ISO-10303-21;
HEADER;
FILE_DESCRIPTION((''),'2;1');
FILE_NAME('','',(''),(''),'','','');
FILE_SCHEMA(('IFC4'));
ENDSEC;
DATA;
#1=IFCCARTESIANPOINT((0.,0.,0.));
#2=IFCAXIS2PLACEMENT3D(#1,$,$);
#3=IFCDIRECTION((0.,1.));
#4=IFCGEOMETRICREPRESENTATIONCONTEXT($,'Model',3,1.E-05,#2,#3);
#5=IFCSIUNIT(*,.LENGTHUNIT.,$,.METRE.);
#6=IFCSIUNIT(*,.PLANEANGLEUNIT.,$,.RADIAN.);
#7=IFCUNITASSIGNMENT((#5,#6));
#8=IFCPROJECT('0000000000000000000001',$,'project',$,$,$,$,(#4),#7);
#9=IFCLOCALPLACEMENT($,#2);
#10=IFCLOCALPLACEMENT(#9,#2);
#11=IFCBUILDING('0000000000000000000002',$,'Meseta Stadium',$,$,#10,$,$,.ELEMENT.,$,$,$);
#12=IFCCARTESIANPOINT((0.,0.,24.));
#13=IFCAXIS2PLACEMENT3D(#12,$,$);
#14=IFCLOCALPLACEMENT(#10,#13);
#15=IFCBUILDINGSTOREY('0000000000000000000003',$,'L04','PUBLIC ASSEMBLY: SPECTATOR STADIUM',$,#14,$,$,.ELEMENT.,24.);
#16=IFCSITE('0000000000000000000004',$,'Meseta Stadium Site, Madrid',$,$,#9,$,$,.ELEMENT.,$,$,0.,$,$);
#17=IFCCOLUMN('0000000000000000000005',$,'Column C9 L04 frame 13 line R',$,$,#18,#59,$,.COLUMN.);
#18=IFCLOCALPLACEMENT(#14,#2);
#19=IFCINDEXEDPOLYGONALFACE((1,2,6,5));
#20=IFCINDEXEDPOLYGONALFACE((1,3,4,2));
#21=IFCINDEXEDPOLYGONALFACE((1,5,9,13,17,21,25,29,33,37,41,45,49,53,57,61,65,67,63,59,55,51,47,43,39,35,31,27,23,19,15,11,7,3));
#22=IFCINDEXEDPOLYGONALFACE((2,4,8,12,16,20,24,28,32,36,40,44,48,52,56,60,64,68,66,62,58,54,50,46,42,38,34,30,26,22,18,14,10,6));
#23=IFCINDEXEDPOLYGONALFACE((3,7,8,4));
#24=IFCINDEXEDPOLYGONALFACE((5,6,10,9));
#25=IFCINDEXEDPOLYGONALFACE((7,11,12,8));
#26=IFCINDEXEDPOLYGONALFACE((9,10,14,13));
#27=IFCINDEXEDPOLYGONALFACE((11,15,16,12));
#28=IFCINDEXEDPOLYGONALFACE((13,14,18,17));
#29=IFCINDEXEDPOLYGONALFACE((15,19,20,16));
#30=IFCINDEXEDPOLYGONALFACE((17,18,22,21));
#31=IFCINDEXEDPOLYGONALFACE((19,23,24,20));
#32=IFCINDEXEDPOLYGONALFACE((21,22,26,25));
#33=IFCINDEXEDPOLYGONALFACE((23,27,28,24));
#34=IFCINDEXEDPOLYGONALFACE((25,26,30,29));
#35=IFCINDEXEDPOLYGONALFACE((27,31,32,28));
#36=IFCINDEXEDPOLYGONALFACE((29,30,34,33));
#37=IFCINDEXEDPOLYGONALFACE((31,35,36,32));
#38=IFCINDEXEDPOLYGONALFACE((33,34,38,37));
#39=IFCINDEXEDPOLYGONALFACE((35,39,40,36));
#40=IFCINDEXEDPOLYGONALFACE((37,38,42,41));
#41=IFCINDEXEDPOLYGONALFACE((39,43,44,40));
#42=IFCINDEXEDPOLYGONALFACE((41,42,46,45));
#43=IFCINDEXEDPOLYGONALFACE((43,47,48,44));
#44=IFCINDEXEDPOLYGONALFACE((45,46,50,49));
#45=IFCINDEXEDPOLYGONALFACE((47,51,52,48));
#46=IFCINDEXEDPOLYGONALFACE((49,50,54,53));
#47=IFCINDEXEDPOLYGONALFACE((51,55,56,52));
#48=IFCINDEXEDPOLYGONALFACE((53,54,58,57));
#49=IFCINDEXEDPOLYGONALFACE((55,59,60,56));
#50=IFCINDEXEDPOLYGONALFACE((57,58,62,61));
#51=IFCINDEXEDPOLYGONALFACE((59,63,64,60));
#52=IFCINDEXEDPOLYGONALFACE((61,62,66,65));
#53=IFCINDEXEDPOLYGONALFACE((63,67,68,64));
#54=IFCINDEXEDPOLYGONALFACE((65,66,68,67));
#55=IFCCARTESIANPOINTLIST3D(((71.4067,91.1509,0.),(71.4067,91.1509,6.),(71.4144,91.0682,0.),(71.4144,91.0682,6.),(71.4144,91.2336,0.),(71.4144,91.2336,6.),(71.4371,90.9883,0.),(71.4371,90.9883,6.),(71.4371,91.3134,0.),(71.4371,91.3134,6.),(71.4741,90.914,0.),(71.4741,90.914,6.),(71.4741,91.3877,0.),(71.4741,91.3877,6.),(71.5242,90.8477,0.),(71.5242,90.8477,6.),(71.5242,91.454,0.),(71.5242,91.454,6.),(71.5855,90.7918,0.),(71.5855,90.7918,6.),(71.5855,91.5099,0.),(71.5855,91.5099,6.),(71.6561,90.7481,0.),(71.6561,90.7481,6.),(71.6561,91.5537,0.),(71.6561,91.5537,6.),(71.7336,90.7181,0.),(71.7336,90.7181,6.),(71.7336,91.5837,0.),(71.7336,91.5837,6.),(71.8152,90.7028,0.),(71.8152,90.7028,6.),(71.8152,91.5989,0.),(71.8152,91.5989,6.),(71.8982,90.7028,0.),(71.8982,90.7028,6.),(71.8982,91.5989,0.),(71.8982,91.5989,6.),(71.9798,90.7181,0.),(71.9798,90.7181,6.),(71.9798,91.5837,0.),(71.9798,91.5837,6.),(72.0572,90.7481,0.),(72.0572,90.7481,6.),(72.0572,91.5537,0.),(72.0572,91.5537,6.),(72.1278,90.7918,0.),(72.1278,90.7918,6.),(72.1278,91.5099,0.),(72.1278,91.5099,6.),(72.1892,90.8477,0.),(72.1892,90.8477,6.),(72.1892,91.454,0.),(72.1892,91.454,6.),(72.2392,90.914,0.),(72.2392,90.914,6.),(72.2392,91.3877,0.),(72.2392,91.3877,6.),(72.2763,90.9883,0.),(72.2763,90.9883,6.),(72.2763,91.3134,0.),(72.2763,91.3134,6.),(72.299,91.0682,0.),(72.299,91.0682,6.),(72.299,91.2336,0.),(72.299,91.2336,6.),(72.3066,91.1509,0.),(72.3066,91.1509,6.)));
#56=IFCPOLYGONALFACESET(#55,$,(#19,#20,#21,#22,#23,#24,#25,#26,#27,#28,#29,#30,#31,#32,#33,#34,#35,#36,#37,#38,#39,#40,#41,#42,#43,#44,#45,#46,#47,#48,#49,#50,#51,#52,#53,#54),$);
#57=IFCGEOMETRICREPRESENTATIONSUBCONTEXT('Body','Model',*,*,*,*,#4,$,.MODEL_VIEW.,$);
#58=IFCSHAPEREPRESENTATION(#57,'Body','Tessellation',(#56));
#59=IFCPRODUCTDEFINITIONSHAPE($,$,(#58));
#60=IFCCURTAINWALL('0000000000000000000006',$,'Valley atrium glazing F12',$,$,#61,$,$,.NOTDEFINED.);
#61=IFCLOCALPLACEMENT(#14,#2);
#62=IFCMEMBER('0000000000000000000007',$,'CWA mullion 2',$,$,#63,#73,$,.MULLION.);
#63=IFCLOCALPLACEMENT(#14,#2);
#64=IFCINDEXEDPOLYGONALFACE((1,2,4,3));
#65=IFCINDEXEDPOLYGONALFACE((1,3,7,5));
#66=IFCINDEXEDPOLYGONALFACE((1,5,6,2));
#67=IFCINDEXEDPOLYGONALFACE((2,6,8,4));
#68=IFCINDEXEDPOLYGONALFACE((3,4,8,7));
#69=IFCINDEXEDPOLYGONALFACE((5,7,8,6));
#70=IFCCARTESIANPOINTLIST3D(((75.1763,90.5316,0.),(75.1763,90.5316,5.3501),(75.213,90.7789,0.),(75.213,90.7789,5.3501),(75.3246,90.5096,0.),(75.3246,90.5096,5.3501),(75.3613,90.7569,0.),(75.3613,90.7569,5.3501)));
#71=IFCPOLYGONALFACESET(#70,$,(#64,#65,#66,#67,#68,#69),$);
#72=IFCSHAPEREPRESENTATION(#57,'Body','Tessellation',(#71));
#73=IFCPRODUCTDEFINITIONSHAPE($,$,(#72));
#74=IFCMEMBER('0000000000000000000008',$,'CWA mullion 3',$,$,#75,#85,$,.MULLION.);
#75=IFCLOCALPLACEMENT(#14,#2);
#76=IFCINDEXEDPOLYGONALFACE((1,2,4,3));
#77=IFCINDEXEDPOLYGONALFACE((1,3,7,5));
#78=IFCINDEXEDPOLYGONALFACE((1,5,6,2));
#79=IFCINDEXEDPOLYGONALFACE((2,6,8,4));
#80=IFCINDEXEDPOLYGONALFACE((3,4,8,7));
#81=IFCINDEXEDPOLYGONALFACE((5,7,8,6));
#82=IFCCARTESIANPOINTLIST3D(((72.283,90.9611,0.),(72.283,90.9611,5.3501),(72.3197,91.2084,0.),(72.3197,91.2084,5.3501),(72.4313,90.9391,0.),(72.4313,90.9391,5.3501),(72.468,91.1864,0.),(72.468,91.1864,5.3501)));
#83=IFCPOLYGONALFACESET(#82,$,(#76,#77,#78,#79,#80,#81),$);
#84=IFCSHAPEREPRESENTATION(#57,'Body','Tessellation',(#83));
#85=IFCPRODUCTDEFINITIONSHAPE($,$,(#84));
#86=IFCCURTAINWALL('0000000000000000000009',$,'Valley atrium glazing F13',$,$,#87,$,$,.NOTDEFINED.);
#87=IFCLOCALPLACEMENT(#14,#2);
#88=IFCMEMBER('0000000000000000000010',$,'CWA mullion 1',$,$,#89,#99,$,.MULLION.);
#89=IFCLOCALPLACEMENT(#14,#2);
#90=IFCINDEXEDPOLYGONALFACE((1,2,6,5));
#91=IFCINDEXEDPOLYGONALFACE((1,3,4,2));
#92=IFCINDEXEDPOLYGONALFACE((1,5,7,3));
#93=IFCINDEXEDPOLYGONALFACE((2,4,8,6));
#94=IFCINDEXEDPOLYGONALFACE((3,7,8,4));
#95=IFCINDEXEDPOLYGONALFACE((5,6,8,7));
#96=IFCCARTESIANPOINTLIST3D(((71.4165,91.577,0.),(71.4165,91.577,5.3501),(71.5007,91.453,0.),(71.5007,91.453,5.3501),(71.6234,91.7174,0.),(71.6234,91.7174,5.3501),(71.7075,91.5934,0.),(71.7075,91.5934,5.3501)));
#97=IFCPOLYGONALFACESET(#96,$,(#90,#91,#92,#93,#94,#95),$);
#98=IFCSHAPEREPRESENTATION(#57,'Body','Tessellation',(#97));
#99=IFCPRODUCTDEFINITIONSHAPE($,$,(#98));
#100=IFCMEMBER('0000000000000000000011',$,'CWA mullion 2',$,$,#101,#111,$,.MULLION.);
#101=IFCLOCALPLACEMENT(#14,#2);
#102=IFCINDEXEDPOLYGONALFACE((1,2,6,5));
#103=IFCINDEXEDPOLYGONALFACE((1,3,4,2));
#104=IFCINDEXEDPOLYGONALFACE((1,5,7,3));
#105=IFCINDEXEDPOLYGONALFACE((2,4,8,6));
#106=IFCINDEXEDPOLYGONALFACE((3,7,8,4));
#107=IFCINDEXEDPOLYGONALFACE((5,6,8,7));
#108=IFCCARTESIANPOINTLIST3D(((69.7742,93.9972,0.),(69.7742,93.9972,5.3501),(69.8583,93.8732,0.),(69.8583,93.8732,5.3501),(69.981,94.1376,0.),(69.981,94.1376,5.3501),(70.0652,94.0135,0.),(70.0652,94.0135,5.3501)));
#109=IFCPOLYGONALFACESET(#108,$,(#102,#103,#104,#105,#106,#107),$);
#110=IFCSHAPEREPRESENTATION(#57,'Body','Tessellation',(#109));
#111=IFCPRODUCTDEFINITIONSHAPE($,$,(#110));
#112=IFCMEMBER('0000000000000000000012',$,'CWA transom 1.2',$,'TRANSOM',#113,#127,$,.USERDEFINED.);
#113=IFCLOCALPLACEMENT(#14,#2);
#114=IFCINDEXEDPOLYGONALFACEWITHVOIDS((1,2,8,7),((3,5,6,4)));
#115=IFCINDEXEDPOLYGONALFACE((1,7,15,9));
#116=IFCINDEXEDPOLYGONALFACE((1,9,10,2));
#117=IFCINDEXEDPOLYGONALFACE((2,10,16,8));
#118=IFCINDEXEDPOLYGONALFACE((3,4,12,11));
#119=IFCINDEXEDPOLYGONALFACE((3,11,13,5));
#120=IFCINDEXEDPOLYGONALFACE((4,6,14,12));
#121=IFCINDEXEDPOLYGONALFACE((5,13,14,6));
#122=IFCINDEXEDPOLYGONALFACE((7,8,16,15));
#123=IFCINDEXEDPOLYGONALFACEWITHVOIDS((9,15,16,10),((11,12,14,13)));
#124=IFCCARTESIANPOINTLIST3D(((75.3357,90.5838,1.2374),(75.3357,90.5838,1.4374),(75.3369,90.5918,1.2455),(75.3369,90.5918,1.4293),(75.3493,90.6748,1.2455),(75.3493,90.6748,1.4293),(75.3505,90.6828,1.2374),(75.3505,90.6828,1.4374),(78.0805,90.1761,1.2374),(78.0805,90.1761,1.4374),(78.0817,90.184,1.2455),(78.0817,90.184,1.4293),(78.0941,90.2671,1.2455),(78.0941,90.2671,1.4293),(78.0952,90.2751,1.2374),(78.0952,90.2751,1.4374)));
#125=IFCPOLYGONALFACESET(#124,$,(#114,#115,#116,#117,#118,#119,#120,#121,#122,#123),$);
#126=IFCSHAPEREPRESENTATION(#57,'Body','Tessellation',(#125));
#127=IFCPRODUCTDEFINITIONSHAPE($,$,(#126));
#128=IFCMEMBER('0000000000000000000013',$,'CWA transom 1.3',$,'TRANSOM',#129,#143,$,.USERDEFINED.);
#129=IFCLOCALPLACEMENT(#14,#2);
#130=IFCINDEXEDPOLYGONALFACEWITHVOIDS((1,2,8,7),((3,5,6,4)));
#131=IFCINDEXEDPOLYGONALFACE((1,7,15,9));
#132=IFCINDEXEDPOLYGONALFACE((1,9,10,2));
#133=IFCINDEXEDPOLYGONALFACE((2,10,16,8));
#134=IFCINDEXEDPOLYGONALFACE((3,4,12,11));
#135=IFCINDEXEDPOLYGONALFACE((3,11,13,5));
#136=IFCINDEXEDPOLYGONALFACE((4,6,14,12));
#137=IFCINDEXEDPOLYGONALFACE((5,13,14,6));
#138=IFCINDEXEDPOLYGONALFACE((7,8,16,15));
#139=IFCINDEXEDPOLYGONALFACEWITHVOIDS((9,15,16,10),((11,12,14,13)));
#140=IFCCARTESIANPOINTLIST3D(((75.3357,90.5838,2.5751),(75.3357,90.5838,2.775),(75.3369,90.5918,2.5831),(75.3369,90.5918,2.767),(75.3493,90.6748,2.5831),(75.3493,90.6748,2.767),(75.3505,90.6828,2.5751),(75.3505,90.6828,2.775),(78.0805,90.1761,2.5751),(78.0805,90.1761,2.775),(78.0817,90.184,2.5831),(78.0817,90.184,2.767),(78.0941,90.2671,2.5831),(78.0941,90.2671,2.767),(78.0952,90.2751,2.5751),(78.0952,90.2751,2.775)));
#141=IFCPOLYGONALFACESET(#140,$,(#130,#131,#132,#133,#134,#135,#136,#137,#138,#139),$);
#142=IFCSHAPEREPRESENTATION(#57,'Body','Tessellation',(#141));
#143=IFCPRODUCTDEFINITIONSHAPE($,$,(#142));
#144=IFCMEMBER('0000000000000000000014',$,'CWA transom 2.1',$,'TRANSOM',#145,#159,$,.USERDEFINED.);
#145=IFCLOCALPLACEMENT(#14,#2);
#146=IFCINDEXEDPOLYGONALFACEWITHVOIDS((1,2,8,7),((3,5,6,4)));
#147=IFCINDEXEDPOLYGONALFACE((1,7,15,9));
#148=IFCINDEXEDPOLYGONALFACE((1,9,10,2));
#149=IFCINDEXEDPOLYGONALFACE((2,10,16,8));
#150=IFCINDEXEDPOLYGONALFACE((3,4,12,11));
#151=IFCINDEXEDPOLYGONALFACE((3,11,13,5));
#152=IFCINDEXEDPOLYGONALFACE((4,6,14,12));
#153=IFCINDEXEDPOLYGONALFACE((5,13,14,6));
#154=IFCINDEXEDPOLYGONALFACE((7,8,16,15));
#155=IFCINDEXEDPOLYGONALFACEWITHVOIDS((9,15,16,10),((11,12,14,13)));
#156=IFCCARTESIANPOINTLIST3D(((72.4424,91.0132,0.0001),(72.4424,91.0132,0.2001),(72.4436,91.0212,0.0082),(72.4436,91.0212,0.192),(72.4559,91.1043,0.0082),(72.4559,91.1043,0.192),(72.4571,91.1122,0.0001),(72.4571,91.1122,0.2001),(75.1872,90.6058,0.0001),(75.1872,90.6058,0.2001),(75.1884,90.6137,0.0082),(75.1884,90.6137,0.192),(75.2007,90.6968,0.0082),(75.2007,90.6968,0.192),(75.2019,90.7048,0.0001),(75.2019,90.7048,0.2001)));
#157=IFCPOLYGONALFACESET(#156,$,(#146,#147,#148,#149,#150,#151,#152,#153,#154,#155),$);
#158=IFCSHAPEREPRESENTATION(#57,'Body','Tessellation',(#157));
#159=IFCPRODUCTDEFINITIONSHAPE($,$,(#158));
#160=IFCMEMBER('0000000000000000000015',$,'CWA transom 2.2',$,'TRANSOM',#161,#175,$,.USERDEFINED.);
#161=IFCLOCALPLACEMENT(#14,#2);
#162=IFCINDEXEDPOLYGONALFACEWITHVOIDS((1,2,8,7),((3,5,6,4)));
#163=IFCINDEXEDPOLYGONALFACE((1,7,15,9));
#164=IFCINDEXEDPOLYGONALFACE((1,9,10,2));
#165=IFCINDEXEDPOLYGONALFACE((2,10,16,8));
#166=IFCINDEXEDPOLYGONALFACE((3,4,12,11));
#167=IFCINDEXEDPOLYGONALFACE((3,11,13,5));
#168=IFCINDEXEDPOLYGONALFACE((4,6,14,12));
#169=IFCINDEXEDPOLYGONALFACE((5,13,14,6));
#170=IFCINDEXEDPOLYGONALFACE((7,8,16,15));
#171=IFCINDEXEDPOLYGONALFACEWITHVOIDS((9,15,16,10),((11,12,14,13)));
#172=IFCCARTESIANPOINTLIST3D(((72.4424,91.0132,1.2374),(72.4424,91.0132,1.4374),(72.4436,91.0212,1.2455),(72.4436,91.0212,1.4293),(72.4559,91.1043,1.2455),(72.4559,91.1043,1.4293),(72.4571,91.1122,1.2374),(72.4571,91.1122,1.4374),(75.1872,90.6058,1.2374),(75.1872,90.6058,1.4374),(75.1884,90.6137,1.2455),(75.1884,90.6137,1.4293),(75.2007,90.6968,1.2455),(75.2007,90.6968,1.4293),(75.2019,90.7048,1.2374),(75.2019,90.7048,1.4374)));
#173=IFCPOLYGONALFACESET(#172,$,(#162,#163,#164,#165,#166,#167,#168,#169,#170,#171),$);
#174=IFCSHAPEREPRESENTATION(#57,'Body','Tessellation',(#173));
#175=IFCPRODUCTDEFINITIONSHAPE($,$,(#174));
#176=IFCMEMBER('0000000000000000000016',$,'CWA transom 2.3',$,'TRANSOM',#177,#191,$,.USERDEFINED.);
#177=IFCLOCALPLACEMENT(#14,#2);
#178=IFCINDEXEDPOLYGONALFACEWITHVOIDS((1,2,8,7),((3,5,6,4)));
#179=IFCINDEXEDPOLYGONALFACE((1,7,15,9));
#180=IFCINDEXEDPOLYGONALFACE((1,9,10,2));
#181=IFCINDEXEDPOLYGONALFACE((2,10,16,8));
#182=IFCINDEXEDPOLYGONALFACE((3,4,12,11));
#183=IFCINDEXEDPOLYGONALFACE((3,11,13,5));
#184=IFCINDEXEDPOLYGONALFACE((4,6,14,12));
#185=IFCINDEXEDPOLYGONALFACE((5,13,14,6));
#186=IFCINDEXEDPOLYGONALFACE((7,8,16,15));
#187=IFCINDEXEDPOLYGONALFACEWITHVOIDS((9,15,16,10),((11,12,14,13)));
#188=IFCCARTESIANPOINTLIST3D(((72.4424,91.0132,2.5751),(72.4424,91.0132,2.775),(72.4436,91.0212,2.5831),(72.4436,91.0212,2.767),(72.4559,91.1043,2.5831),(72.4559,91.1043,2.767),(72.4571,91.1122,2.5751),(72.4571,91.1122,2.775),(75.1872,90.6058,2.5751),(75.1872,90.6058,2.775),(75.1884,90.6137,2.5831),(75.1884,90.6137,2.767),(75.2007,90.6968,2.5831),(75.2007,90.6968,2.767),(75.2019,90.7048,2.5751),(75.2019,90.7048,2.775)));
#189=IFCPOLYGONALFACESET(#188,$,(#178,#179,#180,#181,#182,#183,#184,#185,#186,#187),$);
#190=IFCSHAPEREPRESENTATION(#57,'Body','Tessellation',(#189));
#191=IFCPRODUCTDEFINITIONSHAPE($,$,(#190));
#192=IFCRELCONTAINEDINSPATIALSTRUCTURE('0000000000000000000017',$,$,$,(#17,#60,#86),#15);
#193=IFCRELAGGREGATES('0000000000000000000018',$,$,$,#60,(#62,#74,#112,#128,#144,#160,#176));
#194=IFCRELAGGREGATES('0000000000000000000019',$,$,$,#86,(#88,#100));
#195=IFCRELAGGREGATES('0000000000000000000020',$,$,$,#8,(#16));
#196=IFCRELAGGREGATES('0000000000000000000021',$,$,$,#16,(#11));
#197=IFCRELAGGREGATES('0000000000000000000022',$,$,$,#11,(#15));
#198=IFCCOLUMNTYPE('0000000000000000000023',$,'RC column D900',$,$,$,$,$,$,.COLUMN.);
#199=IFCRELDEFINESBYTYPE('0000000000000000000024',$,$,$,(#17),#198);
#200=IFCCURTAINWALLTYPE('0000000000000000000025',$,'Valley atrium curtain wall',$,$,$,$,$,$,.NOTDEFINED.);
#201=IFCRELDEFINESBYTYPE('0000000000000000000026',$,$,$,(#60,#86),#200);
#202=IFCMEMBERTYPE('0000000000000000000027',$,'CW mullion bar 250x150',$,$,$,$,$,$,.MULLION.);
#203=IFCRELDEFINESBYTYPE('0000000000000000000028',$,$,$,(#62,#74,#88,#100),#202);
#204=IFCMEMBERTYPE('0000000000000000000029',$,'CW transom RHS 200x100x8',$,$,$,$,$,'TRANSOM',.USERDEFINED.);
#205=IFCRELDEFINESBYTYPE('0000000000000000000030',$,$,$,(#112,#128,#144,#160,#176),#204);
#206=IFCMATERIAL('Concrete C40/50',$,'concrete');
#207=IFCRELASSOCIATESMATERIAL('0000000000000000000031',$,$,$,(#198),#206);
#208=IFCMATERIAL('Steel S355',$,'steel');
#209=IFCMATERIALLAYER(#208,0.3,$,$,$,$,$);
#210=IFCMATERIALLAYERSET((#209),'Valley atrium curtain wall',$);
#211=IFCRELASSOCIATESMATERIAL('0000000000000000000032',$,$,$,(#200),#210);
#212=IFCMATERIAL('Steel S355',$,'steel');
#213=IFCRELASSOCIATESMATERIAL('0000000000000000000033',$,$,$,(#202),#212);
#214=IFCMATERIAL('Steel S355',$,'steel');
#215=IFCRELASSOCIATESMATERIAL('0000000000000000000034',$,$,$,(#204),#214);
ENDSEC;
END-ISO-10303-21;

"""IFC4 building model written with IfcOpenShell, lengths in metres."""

from ifc_helpers import new_model, si_unit, direction, frame, origin, origin_2d, place, context, subcontext, project, spatial, rectangle, hollow_rectangle, circle, extrude, material, layer, layer_set, material_profile, profile_set, type_object, element, aggregate, save


model = new_model("IFC4")

# Units and contexts
model_context = context("Model", 3, precision=1e-05, world=origin(), true_north=direction((0.0, 1.0)))
body_context = subcontext(model_context, "Body", "Model", "MODEL_VIEW")
ifc_project = project(units=[si_unit("LENGTHUNIT", "METRE"), si_unit("PLANEANGLEUNIT", "RADIAN")], contexts=[model_context])

# Site, building, storey
site_placement = place(None, origin())
site = spatial("IfcSite", under=ifc_project, at=site_placement, Name="Meseta Stadium Site, Madrid", CompositionType="ELEMENT", RefElevation=0.0)
building_placement = place(site_placement, origin())
building = spatial("IfcBuilding", under=site, at=building_placement, Name="Meseta Stadium", CompositionType="ELEMENT")
storey_placement = place(building_placement, frame((0.0, 0.0, 24.0)))
storey = spatial("IfcBuildingStorey", under=building, at=storey_placement, Name="L04", Description="PUBLIC ASSEMBLY: SPECTATOR STADIUM", CompositionType="ELEMENT", Elevation=24.0)

# Column
ifc_material_1 = material(Name="Concrete C40/50", Category="concrete")
ifc_material_profile_1 = material_profile(ifc_material_1, circle(Radius=0.45, at=origin_2d()), Name="RC D900")
ifc_profile_set_1 = profile_set([ifc_material_profile_1], Name="Concrete C40/50")
column_type = type_object("IfcColumnType", Name="RC column D900", PredefinedType="COLUMN", material=ifc_profile_set_1)
column_placement = place(storey_placement, frame((71.8567, 91.1509, 0.0), z_axis=(0.0, 0.0, 1.0), x_axis=(1.0, 0.0, 0.0)))
element("IfcColumn", 1, at=column_placement, inside=storey, type_object=column_type, Name="Column C9 L04 frame 13 line R", PredefinedType="COLUMN", context=body_context, shape_type="SweptSolid", body=[
    extrude(circle(Radius=0.45, at=origin_2d()), origin(), (0.0, 0.0, 1.0), 6.0),
])

# Curtain walls, members
ifc_material_2 = material(Name="Steel S355", Category="steel")
ifc_layer_1 = layer(ifc_material_2, 0.3)
ifc_layer_set_1 = layer_set([ifc_layer_1], Name="Valley atrium curtain wall")
curtain_wall_type = type_object("IfcCurtainWallType", Name="Valley atrium curtain wall", PredefinedType="NOTDEFINED", material=ifc_layer_set_1)
curtain_wall_1_placement = place(storey_placement, origin())
curtain_wall_1 = element("IfcCurtainWall", 2, at=curtain_wall_1_placement, inside=storey, type_object=curtain_wall_type, Name="Valley atrium glazing F12", PredefinedType="NOTDEFINED")
ifc_material_3 = material(Name="Steel S355", Category="steel")
ifc_material_profile_2 = material_profile(ifc_material_3, rectangle(XDim=0.25, YDim=0.1499, at=origin_2d()), Name="CW 250x150")
ifc_profile_set_2 = profile_set([ifc_material_profile_2], Name="Steel S355")
member_type_1 = type_object("IfcMemberType", Name="CW mullion bar 250x150", PredefinedType="MULLION", material=ifc_profile_set_2)
member_1_placement = place(storey_placement, frame((75.2688, 90.6443, 0.0), z_axis=(0.0, 0.0, 1.0), x_axis=(-0.146854, -0.989158, 0.0)))
member_1 = element("IfcMember", 3, at=member_1_placement, type_object=member_type_1, Name="CWA mullion 2", PredefinedType="MULLION", context=body_context, shape_type="SweptSolid", body=[
    extrude(rectangle(XDim=0.25, YDim=0.1499, at=origin_2d()), origin(), (0.0, 0.0, 1.0), 5.3501),
])
member_2_placement = place(storey_placement, frame((72.3755, 91.0737, 0.0), z_axis=(0.0, 0.0, 1.0), x_axis=(-0.146854, -0.989158, 0.0)))
member_2 = element("IfcMember", 4, at=member_2_placement, type_object=member_type_1, Name="CWA mullion 3", PredefinedType="MULLION", context=body_context, shape_type="SweptSolid", body=[
    extrude(rectangle(XDim=0.25, YDim=0.1499, at=origin_2d()), origin(), (0.0, 0.0, 1.0), 5.3501),
])
curtain_wall_2_placement = place(storey_placement, origin())
curtain_wall_2 = element("IfcCurtainWall", 5, at=curtain_wall_2_placement, inside=storey, type_object=curtain_wall_type, Name="Valley atrium glazing F13", PredefinedType="NOTDEFINED")
member_3_placement = place(storey_placement, frame((71.562, 91.5852, 0.0), z_axis=(0.0, 0.0, 1.0), x_axis=(-0.827483, -0.56149, 0.0)))
member_3 = element("IfcMember", 6, at=member_3_placement, type_object=member_type_1, Name="CWA mullion 1", PredefinedType="MULLION", context=body_context, shape_type="SweptSolid", body=[
    extrude(rectangle(XDim=0.25, YDim=0.1499, at=origin_2d()), origin(), (0.0, 0.0, 1.0), 5.3501),
])
member_4_placement = place(storey_placement, frame((69.9197, 94.0054, 0.0), z_axis=(0.0, 0.0, 1.0), x_axis=(-0.827483, -0.56149, 0.0)))
member_4 = element("IfcMember", 7, at=member_4_placement, type_object=member_type_1, Name="CWA mullion 2", PredefinedType="MULLION", context=body_context, shape_type="SweptSolid", body=[
    extrude(rectangle(XDim=0.25, YDim=0.1499, at=origin_2d()), origin(), (0.0, 0.0, 1.0), 5.3501),
])

# Members
ifc_material_4 = material(Name="Steel S355", Category="steel")
ifc_material_profile_3 = material_profile(ifc_material_4, hollow_rectangle(XDim=0.1001, YDim=0.2, WallThickness=0.0081, at=origin_2d()), Name="RHS 200x100x8")
ifc_profile_set_3 = profile_set([ifc_material_profile_3], Name="Steel S355")
member_type_2 = type_object("IfcMemberType", Name="CW transom RHS 200x100x8", ElementType="TRANSOM", PredefinedType="USERDEFINED", material=ifc_profile_set_3)
member_5_placement = place(storey_placement, frame((78.0879, 90.2256, 1.3374), z_axis=(-0.989148, 0.146925, 0.0), x_axis=(-0.146925, -0.989148, 0.0)))
member_5 = element("IfcMember", 8, at=member_5_placement, type_object=member_type_2, Name="CWA transom 1.2", ObjectType="TRANSOM", PredefinedType="USERDEFINED", context=body_context, shape_type="SweptSolid", body=[
    extrude(hollow_rectangle(XDim=0.1001, YDim=0.2, WallThickness=0.0081, at=origin_2d()), origin(), (0.0, 0.0, 1.0), 2.7749),
])
member_6_placement = place(storey_placement, frame((78.0879, 90.2256, 2.675), z_axis=(-0.989148, 0.146925, 0.0), x_axis=(-0.146925, -0.989148, 0.0)))
member_6 = element("IfcMember", 9, at=member_6_placement, type_object=member_type_2, Name="CWA transom 1.3", ObjectType="TRANSOM", PredefinedType="USERDEFINED", context=body_context, shape_type="SweptSolid", body=[
    extrude(hollow_rectangle(XDim=0.1001, YDim=0.2, WallThickness=0.0081, at=origin_2d()), origin(), (0.0, 0.0, 1.0), 2.7749),
])
member_7_placement = place(storey_placement, frame((75.1946, 90.6553, 0.1001), z_axis=(-0.98916, 0.146839, 0.0), x_axis=(-0.146839, -0.98916, 0.0)))
member_7 = element("IfcMember", 10, at=member_7_placement, type_object=member_type_2, Name="CWA transom 2.1", ObjectType="TRANSOM", PredefinedType="USERDEFINED", context=body_context, shape_type="SweptSolid", body=[
    extrude(hollow_rectangle(XDim=0.1001, YDim=0.2, WallThickness=0.0081, at=origin_2d()), origin(), (0.0, 0.0, 1.0), 2.7749),
])
member_8_placement = place(storey_placement, frame((75.1946, 90.6553, 1.3374), z_axis=(-0.98916, 0.146839, 0.0), x_axis=(-0.146839, -0.98916, 0.0)))
member_8 = element("IfcMember", 11, at=member_8_placement, type_object=member_type_2, Name="CWA transom 2.2", ObjectType="TRANSOM", PredefinedType="USERDEFINED", context=body_context, shape_type="SweptSolid", body=[
    extrude(hollow_rectangle(XDim=0.1001, YDim=0.2, WallThickness=0.0081, at=origin_2d()), origin(), (0.0, 0.0, 1.0), 2.7749),
])
member_9_placement = place(storey_placement, frame((75.1946, 90.6553, 2.675), z_axis=(-0.98916, 0.146839, 0.0), x_axis=(-0.146839, -0.98916, 0.0)))
member_9 = element("IfcMember", 12, at=member_9_placement, type_object=member_type_2, Name="CWA transom 2.3", ObjectType="TRANSOM", PredefinedType="USERDEFINED", context=body_context, shape_type="SweptSolid", body=[
    extrude(hollow_rectangle(XDim=0.1001, YDim=0.2, WallThickness=0.0081, at=origin_2d()), origin(), (0.0, 0.0, 1.0), 2.7749),
])

aggregate(curtain_wall_1, [member_1, member_2, member_5, member_6, member_7, member_8, member_9])
aggregate(curtain_wall_2, [member_3, member_4])

save(model, "model.ifc")
